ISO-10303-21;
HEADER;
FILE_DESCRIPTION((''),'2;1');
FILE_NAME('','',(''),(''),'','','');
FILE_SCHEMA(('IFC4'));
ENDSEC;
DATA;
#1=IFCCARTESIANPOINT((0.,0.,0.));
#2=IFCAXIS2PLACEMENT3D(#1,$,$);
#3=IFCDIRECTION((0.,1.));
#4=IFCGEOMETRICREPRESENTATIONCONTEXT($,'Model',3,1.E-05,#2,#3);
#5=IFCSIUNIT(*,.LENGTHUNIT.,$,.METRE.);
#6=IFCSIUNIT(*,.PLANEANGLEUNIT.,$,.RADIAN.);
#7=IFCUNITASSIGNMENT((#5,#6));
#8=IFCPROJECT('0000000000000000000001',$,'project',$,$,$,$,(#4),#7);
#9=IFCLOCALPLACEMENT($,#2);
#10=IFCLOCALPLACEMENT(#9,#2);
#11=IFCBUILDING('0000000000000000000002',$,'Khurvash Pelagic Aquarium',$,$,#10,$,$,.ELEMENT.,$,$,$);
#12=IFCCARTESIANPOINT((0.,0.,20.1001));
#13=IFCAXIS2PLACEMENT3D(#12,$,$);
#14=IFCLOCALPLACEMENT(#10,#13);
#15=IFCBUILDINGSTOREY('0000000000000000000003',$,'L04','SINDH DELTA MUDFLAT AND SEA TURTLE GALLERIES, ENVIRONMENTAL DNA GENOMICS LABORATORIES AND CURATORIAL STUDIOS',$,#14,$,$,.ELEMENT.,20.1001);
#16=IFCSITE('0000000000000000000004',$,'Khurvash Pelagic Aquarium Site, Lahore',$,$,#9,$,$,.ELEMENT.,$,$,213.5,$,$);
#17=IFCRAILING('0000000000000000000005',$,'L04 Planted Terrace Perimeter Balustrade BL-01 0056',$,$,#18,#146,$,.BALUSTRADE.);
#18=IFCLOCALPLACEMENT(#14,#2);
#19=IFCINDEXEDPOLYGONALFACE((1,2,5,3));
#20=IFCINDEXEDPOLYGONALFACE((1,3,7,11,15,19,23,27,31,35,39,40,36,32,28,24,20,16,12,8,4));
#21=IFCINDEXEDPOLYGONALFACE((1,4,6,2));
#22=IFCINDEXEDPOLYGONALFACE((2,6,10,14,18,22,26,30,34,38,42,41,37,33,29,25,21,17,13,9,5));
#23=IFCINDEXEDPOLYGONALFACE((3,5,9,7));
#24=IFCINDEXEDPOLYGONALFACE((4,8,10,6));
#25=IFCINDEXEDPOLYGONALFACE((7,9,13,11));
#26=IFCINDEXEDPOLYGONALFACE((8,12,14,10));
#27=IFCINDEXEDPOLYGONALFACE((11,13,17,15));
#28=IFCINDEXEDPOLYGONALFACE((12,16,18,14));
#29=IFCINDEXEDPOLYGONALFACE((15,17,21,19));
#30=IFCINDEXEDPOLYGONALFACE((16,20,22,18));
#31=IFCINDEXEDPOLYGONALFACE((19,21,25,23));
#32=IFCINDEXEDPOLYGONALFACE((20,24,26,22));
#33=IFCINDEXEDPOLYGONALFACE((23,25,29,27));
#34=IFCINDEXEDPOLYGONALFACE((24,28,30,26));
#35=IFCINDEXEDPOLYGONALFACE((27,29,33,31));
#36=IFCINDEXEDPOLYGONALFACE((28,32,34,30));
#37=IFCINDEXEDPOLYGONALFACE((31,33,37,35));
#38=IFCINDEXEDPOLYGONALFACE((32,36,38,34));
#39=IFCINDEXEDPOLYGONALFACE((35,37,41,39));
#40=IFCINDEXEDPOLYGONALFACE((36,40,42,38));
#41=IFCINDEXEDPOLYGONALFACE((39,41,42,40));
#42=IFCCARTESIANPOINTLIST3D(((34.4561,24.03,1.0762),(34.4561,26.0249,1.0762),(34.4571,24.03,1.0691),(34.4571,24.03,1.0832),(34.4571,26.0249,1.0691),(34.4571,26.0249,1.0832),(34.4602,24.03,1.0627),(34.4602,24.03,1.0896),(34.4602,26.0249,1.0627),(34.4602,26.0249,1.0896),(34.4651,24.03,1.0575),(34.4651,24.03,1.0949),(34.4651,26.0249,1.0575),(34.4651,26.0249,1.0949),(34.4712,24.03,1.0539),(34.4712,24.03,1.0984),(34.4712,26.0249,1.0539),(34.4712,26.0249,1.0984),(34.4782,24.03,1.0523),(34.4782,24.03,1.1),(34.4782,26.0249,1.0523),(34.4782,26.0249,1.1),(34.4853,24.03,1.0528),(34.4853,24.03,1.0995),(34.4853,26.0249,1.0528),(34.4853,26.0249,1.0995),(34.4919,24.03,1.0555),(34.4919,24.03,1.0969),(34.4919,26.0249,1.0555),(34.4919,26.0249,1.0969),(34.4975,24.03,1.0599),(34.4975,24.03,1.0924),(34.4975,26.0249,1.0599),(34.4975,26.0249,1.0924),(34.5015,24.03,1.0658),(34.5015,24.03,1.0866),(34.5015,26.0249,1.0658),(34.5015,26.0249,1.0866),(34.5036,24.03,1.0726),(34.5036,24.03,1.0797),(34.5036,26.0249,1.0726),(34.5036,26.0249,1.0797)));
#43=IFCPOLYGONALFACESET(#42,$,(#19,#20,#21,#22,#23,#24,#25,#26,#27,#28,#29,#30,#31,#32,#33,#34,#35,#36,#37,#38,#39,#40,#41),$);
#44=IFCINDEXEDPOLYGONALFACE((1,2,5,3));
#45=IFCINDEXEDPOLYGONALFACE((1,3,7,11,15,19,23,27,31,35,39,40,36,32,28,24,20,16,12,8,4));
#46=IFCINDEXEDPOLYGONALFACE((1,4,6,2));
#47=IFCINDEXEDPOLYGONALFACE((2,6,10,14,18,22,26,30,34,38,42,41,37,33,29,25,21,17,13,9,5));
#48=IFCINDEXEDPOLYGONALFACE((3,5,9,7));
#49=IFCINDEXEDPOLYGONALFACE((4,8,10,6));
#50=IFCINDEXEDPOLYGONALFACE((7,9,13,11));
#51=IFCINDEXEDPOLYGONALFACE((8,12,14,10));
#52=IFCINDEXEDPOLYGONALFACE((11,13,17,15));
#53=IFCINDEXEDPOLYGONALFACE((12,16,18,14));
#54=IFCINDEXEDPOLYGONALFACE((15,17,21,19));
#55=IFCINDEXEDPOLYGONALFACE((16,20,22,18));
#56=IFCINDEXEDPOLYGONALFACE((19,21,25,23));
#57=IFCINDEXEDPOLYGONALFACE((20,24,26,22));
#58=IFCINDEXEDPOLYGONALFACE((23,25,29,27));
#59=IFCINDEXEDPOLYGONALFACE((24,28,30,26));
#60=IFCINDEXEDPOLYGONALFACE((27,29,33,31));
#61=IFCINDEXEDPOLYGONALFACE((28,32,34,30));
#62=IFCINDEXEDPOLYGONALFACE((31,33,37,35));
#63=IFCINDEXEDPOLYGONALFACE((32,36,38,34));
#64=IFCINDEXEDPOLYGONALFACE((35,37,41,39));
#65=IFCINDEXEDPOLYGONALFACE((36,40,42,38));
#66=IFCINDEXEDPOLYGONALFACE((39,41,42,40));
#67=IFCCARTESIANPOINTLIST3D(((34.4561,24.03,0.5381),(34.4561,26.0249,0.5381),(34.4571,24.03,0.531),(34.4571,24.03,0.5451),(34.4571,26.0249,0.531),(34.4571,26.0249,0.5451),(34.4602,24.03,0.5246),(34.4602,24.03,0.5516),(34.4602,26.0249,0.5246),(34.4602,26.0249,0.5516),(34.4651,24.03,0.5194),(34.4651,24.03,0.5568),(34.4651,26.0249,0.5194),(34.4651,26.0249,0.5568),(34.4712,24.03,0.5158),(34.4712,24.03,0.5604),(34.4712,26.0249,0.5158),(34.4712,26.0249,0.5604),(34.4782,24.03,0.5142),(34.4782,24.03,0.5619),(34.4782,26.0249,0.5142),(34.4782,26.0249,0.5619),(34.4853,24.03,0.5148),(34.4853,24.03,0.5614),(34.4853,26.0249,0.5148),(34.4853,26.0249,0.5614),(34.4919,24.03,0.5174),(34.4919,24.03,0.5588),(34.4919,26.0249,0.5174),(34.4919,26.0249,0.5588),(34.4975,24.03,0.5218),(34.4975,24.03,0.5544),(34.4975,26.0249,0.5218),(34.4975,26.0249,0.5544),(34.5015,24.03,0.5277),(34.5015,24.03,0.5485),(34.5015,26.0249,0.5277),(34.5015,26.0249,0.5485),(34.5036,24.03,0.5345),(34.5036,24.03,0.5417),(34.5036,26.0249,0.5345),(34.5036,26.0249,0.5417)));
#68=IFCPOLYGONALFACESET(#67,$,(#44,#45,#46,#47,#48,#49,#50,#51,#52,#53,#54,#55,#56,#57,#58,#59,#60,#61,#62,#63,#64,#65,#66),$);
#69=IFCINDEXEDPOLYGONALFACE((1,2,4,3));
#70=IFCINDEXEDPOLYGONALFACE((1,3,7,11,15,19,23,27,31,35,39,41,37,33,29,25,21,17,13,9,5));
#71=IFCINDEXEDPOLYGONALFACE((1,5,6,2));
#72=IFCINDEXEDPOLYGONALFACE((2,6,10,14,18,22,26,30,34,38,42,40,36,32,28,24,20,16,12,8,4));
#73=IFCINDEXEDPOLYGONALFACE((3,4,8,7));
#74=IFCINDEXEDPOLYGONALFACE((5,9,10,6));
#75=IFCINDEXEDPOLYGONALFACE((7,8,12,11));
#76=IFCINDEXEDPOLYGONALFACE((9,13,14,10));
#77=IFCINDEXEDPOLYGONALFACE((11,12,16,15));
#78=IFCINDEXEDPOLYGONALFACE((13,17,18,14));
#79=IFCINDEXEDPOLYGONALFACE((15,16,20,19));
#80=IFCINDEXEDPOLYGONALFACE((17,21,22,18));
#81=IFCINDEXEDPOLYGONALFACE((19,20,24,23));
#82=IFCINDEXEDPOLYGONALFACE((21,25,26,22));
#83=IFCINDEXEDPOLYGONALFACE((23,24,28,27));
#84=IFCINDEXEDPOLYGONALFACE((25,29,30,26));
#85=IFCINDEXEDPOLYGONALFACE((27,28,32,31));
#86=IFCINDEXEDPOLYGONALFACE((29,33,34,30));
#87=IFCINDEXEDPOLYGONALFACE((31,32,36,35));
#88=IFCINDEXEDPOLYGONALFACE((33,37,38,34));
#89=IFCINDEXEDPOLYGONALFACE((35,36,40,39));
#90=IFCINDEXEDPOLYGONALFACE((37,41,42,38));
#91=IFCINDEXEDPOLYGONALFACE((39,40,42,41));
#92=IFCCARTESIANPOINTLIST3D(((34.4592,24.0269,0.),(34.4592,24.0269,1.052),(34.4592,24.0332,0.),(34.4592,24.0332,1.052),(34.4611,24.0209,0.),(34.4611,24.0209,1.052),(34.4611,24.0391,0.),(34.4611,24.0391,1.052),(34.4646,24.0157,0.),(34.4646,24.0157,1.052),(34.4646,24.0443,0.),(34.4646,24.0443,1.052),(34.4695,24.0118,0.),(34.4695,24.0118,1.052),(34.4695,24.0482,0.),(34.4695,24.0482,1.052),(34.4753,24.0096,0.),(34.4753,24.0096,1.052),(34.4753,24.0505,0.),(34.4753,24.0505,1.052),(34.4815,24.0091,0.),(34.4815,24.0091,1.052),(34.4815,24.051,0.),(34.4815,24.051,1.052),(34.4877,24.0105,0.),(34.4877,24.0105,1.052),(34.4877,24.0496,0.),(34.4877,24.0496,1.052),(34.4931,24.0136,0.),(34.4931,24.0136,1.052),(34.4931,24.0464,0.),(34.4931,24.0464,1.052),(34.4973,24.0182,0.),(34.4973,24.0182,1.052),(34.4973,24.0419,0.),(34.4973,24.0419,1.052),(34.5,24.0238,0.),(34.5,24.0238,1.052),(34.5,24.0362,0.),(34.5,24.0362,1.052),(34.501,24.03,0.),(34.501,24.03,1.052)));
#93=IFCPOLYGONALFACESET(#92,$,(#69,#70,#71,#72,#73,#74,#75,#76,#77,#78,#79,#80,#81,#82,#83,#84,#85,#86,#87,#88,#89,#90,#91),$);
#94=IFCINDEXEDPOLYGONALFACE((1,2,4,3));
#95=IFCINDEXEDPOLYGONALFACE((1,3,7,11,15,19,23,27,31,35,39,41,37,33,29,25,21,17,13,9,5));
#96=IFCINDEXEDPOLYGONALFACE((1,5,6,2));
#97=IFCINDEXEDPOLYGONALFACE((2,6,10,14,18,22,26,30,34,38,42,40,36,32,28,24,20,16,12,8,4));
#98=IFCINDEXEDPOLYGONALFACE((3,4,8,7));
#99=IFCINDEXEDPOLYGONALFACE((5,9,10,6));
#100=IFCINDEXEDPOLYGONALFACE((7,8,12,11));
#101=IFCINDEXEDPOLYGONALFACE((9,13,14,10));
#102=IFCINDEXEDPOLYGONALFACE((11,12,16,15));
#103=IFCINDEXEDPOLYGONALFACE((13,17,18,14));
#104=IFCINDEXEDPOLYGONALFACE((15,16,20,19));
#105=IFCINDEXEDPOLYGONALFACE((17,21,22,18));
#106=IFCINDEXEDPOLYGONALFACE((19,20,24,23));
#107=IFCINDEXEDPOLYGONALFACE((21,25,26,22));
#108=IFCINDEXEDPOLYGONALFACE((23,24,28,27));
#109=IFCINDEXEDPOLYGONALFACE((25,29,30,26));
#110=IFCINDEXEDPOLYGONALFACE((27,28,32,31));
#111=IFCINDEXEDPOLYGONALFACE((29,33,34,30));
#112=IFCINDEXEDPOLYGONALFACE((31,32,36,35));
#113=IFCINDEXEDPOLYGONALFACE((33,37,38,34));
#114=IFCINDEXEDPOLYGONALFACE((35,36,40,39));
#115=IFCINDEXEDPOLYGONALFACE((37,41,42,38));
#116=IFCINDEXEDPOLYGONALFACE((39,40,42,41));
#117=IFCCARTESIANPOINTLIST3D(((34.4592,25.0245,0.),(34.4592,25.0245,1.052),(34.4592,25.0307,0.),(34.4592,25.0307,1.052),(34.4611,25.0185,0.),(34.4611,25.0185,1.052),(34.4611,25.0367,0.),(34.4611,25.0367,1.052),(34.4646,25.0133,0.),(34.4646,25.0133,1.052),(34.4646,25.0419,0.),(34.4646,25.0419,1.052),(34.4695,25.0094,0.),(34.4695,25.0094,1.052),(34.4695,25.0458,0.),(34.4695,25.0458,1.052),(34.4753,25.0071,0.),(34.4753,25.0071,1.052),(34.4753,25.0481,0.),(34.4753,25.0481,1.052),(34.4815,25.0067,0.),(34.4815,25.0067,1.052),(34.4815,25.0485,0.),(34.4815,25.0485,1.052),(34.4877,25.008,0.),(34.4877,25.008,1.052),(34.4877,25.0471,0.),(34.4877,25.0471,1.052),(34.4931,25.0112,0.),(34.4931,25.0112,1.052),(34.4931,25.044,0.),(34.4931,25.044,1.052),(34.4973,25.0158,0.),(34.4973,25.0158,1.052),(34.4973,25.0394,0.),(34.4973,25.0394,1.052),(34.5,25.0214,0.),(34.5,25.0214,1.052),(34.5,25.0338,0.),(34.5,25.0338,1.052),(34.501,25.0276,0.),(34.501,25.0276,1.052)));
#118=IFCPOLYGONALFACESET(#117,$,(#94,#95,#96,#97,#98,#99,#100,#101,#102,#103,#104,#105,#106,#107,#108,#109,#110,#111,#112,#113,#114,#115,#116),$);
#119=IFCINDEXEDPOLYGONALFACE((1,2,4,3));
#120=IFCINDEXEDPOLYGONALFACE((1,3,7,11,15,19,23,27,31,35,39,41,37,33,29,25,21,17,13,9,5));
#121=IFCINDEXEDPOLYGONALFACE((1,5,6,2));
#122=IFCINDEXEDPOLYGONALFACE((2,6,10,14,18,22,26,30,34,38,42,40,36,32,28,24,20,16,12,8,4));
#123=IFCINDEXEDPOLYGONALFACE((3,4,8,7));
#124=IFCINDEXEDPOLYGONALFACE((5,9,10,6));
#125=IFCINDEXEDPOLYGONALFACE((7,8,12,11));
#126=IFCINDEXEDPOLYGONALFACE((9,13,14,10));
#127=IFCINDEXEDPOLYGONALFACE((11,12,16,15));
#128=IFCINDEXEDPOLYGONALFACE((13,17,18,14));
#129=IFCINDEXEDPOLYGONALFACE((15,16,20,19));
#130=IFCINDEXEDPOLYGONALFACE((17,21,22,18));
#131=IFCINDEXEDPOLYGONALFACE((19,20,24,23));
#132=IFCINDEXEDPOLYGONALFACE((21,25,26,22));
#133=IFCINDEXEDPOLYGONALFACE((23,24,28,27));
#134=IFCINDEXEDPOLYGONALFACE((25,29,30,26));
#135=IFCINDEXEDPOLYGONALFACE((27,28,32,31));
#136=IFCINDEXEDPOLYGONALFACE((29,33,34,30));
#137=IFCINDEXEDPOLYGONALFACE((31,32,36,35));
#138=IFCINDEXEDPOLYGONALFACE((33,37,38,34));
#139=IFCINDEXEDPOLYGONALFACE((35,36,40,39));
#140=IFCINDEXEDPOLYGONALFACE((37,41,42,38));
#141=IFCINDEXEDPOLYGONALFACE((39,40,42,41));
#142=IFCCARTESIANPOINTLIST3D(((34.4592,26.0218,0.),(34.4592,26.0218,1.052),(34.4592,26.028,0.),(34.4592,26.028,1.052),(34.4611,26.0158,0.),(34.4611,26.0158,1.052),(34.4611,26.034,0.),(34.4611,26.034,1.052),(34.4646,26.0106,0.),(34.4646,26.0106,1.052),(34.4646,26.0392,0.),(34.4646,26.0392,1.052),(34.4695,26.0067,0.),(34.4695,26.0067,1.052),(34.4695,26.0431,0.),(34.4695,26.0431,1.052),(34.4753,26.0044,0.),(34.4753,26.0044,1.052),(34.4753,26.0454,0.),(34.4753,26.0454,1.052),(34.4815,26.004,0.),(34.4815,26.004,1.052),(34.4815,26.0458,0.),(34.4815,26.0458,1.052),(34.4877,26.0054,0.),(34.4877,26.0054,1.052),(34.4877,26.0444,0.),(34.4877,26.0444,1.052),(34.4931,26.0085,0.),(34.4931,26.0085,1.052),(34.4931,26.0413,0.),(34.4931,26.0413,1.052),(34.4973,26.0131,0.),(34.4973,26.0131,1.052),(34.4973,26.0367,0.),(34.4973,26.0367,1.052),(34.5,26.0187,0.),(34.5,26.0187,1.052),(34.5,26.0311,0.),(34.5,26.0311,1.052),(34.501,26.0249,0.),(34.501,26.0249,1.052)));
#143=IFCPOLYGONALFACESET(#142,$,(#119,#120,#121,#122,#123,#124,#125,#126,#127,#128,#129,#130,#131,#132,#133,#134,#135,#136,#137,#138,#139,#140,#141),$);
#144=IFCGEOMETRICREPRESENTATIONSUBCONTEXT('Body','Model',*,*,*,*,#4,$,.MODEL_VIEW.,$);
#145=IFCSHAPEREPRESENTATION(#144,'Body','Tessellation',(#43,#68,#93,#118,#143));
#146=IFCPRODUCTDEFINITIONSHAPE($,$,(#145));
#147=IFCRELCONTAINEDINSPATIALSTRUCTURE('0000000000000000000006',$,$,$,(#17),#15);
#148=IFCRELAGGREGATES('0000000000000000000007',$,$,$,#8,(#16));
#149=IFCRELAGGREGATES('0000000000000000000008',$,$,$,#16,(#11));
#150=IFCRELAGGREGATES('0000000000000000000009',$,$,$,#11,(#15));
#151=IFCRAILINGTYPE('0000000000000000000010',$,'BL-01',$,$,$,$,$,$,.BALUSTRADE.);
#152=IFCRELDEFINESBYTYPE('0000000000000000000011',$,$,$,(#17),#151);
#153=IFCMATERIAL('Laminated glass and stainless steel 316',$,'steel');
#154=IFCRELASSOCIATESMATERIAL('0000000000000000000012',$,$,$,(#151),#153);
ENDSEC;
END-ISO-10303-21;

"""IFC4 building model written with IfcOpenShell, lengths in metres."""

from ifc_helpers import new_model, si_unit, direction, frame, origin, origin_2d, place, context, subcontext, project, spatial, circle, extrude, material, type_object, element, save


model = new_model("IFC4")

# Units and contexts
model_context = context("Model", 3, precision=1e-05, world=origin(), true_north=direction((0.0, 1.0)))
body_context = subcontext(model_context, "Body", "Model", "MODEL_VIEW")
ifc_project = project(units=[si_unit("LENGTHUNIT", "METRE"), si_unit("PLANEANGLEUNIT", "RADIAN")], contexts=[model_context])

# Site, building, storey
site_placement = place(None, origin())
site = spatial("IfcSite", under=ifc_project, at=site_placement, Name="Khurvash Pelagic Aquarium Site, Lahore", CompositionType="ELEMENT", RefElevation=213.5)
building_placement = place(site_placement, origin())
building = spatial("IfcBuilding", under=site, at=building_placement, Name="Khurvash Pelagic Aquarium", CompositionType="ELEMENT")
storey_placement = place(building_placement, frame((0.0, 0.0, 20.1001)))
storey = spatial("IfcBuildingStorey", under=building, at=storey_placement, Name="L04", Description="SINDH DELTA MUDFLAT AND SEA TURTLE GALLERIES, ENVIRONMENTAL DNA GENOMICS LABORATORIES AND CURATORIAL STUDIOS", CompositionType="ELEMENT", Elevation=20.1001)

# Railing
ifc_material_1 = material(Name="Laminated glass and stainless steel 316", Category="steel")
railing_type = type_object("IfcRailingType", Name="BL-01", PredefinedType="BALUSTRADE", material=ifc_material_1)
railing_1_placement = place(storey_placement, frame((34.48, 24.03, 0.0)))
element("IfcRailing", 1, at=railing_1_placement, inside=storey, type_object=railing_type, Name="L04 Planted Terrace Perimeter Balustrade BL-01 0056", PredefinedType="BALUSTRADE", context=body_context, shape_type="SweptSolid", body=[
    extrude(circle(Radius=0.0239, at=origin_2d()), frame((0.0, 0.0, 1.0762), z_axis=(0.0, 1.0, 0.0), x_axis=(-1.0, 0.0, 0.0)), (0.0, 0.0, 1.0), 1.9949),
    extrude(circle(Radius=0.0239, at=origin_2d()), frame((0.0, 0.0, 0.5381), z_axis=(0.0, 1.0, 0.0), x_axis=(-1.0, 0.0, 0.0)), (0.0, 0.0, 1.0), 1.9949),
    extrude(circle(Radius=0.021, at=origin_2d()), origin(), (0.0, 0.0, 1.0), 1.052),
    extrude(circle(Radius=0.021, at=origin_2d()), frame((0.0, 0.9976, 0.0)), (0.0, 0.0, 1.0), 1.052),
    extrude(circle(Radius=0.021, at=origin_2d()), frame((0.0, 1.9949, 0.0)), (0.0, 0.0, 1.0), 1.052),
])

save(model, "model.ifc")
